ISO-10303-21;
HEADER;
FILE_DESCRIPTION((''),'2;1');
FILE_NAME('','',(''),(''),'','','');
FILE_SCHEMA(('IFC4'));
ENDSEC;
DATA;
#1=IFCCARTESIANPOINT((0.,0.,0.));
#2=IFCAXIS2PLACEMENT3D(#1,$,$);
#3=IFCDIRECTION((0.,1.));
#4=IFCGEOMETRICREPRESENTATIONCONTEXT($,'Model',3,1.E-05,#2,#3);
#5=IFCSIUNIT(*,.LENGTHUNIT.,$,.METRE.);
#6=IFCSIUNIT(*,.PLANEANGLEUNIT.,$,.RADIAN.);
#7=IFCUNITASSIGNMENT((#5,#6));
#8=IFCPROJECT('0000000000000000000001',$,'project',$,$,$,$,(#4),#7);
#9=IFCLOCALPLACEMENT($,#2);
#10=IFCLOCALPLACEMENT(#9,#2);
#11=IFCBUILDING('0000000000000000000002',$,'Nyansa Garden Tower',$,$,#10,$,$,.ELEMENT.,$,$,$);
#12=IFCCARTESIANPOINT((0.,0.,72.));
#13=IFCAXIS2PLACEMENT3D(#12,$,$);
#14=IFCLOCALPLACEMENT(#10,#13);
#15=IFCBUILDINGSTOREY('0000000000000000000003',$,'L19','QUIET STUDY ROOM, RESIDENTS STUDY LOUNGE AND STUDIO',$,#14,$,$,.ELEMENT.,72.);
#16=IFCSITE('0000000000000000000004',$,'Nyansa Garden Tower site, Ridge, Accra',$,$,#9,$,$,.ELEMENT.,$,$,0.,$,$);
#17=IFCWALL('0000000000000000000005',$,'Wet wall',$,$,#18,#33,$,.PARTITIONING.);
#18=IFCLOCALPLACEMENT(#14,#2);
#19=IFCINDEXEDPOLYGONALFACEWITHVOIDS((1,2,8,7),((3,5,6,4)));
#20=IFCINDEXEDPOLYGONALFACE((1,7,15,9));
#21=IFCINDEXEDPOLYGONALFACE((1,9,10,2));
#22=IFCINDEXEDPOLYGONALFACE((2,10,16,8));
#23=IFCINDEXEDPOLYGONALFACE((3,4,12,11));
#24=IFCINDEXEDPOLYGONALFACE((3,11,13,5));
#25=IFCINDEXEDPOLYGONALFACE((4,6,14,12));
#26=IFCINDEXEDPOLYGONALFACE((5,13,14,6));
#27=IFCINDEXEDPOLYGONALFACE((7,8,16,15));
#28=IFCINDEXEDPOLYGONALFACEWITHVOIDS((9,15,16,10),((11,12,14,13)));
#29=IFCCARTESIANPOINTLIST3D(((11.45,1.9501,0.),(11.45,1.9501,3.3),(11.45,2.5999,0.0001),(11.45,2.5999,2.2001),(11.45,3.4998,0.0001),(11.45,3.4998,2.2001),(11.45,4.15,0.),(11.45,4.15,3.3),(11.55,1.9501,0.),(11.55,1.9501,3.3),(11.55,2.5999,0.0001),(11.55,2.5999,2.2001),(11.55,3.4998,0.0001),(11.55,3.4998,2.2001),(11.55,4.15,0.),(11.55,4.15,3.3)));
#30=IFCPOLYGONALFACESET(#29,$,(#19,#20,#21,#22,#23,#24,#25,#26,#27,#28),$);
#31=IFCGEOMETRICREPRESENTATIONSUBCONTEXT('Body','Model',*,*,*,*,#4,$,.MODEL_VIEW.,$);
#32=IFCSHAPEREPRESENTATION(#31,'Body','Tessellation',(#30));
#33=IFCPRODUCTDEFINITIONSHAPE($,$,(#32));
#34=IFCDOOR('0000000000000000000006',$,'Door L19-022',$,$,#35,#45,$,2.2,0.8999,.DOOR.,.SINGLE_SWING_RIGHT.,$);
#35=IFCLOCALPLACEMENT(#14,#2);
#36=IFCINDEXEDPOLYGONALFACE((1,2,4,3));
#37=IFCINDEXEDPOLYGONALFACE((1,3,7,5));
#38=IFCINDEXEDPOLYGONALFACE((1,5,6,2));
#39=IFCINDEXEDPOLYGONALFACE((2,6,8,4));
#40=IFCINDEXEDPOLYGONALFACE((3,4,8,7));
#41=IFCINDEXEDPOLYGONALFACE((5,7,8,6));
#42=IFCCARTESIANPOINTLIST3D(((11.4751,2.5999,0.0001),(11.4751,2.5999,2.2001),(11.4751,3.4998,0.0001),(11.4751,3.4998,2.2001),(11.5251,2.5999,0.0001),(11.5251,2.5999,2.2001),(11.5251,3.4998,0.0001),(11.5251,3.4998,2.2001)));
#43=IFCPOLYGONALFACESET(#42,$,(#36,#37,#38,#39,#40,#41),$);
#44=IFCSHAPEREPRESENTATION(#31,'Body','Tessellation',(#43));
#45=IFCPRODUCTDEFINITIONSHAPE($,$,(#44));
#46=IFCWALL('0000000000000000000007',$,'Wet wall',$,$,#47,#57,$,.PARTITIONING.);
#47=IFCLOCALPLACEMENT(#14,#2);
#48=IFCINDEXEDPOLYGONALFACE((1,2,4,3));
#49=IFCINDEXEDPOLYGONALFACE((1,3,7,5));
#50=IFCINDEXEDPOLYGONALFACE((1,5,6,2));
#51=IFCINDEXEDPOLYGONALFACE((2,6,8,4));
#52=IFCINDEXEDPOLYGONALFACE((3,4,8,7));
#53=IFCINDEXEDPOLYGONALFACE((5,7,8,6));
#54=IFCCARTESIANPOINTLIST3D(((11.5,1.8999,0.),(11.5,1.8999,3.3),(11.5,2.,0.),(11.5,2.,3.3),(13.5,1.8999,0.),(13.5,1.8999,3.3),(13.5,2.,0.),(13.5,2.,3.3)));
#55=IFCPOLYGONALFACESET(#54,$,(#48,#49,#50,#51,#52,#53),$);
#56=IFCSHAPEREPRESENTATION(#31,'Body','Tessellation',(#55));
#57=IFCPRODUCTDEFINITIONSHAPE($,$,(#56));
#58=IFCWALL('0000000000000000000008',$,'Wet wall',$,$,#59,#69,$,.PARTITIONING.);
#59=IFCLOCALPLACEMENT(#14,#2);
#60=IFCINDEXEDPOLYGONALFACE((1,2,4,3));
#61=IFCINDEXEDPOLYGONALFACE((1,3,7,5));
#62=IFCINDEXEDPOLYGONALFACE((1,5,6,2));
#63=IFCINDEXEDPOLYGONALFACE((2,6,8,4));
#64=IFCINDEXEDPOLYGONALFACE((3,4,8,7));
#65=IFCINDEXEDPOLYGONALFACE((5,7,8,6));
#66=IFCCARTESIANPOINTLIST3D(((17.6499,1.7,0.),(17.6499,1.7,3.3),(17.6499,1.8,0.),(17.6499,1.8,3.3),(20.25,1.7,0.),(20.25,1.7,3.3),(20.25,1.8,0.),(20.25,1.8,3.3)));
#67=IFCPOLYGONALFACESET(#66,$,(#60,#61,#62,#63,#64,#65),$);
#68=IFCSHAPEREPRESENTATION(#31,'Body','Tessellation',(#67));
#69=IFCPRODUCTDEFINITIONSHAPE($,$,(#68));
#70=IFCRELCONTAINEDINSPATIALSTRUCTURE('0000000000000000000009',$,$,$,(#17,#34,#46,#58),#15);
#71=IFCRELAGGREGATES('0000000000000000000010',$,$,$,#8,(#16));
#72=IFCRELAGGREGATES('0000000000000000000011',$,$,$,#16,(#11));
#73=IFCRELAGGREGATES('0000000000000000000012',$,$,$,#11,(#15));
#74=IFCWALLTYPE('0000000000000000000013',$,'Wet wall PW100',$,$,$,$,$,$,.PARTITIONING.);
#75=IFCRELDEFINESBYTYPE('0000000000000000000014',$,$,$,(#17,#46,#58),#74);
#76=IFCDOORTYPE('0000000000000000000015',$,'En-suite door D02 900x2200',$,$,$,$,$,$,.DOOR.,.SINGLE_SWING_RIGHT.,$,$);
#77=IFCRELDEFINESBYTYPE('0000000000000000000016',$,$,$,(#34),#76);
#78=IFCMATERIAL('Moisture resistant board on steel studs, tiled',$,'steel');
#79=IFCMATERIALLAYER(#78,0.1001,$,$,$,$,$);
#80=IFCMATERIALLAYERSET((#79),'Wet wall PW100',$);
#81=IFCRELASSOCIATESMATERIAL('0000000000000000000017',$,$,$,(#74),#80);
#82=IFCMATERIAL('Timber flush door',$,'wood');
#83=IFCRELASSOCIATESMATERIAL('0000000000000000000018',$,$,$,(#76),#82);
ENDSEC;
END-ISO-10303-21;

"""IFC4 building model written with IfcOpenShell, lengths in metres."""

from ifc_helpers import new_model, si_unit, direction, frame, frame_2d, origin, place, context, subcontext, project, spatial, rectangle, extrude, material, layer, layer_set, type_object, element, fill, save


model = new_model("IFC4")

# Units and contexts
model_context = context("Model", 3, precision=1e-05, world=origin(), true_north=direction((0.0, 1.0)))
body_context = subcontext(model_context, "Body", "Model", "MODEL_VIEW")
ifc_project = project(units=[si_unit("LENGTHUNIT", "METRE"), si_unit("PLANEANGLEUNIT", "RADIAN")], contexts=[model_context])

# Site, building, storey
site_placement = place(None, origin())
site = spatial("IfcSite", under=ifc_project, at=site_placement, Name="Nyansa Garden Tower site, Ridge, Accra", CompositionType="ELEMENT", RefElevation=0.0)
building_placement = place(site_placement, origin())
building = spatial("IfcBuilding", under=site, at=building_placement, Name="Nyansa Garden Tower", CompositionType="ELEMENT")
storey_placement = place(building_placement, frame((0.0, 0.0, 72.0)))
storey = spatial("IfcBuildingStorey", under=building, at=storey_placement, Name="L19", Description="QUIET STUDY ROOM, RESIDENTS STUDY LOUNGE AND STUDIO", CompositionType="ELEMENT", Elevation=72.0)

# Shared definitions
ifc_material_1 = material(Name="Moisture resistant board on steel studs, tiled", Category="steel")
ifc_layer_1 = layer(ifc_material_1, 0.1001)
ifc_layer_set_1 = layer_set([ifc_layer_1], Name="Wet wall PW100")
wall_type_1 = type_object("IfcWallType", Name="Wet wall PW100", PredefinedType="PARTITIONING", material=ifc_layer_set_1)

# Shared definitions
ifc_material_2 = material(Name="Timber flush door", Category="wood")
door_type_1 = type_object("IfcDoorType", Name="En-suite door D02 900x2200", OperationType="SINGLE_SWING_RIGHT", PredefinedType="DOOR", material=ifc_material_2)

# Wall, opening, door
wall_1_placement = place(storey_placement, frame((11.5, 1.95, 0.0), z_axis=(0.0, 0.0, 1.0), x_axis=(0.0, 1.0, 0.0)))
wall_1 = element("IfcWall", 1, at=wall_1_placement, inside=storey, type_object=wall_type_1, Name="Wet wall", PredefinedType="PARTITIONING", context=body_context, shape_type="SweptSolid", body=[
    extrude(rectangle(XDim=2.2, YDim=0.1001, at=frame_2d((1.1001, 0.0))), origin(), (0.0, 0.0, 1.0), 3.3),
])
opening_1_placement = place(wall_1_placement, frame((0.6499, 0.0, 0.0)))
opening_1 = element("IfcOpeningElement", 2, at=opening_1_placement, cuts=wall_1, PredefinedType="OPENING", context=body_context, shape_type="SweptSolid", body=[
    extrude(rectangle(XDim=0.8999, YDim=2.2, at=frame_2d((0.45, 1.1001))), frame((0.0, 0.0601, 0.0), z_axis=(0.0, -1.0, 0.0), x_axis=(1.0, 0.0, 0.0)), (0.0, 0.0, 1.0), 0.1201),
])
door_1_placement = place(opening_1_placement, origin())
door_1 = element("IfcDoor", 3, at=door_1_placement, inside=storey, type_object=door_type_1, Name="Door L19-022", OperationType="SINGLE_SWING_RIGHT", OverallHeight=2.2, OverallWidth=0.8999, PredefinedType="DOOR", context=body_context, shape_type="SweptSolid", body=[
    extrude(rectangle(XDim=0.8999, YDim=2.2, at=frame_2d((0.45, 1.1001))), frame((0.0, 0.0249, 0.0), z_axis=(0.0, -1.0, 0.0), x_axis=(1.0, 0.0, 0.0)), (0.0, 0.0, 1.0), 0.05),
])
fill(opening_1, door_1)

# Walls
wall_2_placement = place(storey_placement, frame((11.5, 1.95, 0.0), z_axis=(0.0, 0.0, 1.0), x_axis=(1.0, 0.0, 0.0)))
element("IfcWall", 4, at=wall_2_placement, inside=storey, type_object=wall_type_1, Name="Wet wall", PredefinedType="PARTITIONING", context=body_context, shape_type="SweptSolid", body=[
    extrude(rectangle(XDim=2.0, YDim=0.1001, at=frame_2d((1.0, 0.0))), origin(), (0.0, 0.0, 1.0), 3.3),
])
wall_3_placement = place(storey_placement, frame((17.6499, 1.75, 0.0), z_axis=(0.0, 0.0, 1.0), x_axis=(1.0, 0.0, 0.0)))
element("IfcWall", 5, at=wall_3_placement, inside=storey, type_object=wall_type_1, Name="Wet wall", PredefinedType="PARTITIONING", context=body_context, shape_type="SweptSolid", body=[
    extrude(rectangle(XDim=2.6001, YDim=0.1001, at=frame_2d((1.3, 0.0))), origin(), (0.0, 0.0, 1.0), 3.3),
])

save(model, "model.ifc")
